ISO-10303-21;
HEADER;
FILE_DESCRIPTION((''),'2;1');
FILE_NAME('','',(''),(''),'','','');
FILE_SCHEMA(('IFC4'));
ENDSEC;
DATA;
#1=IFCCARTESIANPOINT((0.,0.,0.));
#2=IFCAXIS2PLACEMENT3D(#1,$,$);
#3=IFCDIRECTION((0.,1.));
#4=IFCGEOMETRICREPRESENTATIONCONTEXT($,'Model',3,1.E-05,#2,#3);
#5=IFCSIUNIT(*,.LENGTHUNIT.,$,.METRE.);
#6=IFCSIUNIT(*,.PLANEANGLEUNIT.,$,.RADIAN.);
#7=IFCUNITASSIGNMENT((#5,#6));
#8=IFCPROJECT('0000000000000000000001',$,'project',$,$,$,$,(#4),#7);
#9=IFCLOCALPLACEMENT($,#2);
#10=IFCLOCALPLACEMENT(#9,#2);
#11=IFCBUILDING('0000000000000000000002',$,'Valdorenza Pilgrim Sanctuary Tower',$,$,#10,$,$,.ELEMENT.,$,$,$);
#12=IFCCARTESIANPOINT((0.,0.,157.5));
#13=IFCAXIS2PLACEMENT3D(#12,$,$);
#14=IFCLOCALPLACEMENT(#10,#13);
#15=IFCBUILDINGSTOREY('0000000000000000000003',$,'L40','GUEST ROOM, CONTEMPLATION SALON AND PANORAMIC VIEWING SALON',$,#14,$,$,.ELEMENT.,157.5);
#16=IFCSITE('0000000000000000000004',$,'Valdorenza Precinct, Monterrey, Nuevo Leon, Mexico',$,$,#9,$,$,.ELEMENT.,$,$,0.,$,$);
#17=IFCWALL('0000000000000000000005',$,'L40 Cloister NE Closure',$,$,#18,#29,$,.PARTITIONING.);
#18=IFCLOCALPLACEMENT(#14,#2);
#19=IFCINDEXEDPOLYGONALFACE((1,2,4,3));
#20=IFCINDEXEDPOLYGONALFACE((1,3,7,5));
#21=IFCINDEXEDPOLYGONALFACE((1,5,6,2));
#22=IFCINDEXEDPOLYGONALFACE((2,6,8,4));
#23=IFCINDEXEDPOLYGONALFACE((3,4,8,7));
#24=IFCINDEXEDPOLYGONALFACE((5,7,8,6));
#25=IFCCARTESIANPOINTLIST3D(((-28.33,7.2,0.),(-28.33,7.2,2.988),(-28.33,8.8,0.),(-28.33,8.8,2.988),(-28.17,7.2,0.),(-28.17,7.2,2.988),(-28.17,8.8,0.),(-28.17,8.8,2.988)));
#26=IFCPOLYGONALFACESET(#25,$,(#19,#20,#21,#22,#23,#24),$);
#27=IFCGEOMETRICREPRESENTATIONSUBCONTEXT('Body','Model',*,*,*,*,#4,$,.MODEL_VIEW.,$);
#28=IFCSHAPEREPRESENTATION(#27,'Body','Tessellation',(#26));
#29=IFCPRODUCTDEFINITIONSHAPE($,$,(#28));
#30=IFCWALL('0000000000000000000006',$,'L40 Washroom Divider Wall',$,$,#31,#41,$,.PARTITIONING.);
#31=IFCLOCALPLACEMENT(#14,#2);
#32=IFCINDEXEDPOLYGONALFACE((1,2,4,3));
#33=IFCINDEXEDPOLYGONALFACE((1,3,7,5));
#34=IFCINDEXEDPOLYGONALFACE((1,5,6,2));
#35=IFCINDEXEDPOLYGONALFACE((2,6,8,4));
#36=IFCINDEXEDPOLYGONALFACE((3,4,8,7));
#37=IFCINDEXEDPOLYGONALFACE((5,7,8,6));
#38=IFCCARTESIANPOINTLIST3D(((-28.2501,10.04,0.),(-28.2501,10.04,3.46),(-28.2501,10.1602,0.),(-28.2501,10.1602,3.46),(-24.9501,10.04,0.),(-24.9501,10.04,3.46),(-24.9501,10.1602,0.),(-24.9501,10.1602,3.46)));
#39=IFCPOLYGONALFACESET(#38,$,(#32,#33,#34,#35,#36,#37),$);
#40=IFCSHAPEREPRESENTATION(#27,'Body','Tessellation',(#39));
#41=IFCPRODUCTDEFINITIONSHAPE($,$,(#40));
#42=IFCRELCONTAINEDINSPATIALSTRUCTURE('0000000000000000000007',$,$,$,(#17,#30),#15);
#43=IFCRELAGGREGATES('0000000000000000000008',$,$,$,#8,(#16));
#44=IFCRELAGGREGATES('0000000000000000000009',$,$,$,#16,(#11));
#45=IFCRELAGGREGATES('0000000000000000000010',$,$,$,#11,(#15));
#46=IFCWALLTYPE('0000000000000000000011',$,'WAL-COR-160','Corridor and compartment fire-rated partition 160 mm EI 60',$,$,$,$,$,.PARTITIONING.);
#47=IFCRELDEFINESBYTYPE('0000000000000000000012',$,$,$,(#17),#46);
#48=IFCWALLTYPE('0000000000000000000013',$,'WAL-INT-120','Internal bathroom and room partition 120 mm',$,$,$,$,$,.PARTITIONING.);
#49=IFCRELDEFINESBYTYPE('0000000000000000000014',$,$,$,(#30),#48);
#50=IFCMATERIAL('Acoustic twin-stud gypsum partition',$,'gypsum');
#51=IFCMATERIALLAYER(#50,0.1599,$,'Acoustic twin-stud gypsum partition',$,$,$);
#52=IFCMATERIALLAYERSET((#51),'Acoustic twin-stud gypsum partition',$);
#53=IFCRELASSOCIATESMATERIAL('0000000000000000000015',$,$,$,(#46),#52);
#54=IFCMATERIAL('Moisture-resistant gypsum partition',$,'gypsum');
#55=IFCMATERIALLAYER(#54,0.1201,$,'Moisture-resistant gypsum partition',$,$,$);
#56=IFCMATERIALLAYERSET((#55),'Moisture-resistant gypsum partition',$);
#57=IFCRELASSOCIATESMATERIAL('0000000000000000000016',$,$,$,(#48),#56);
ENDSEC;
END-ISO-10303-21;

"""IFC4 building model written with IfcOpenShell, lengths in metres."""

from ifc_helpers import new_model, si_unit, direction, frame, frame_2d, origin, place, context, subcontext, project, spatial, rectangle, extrude, material, layer, layer_set, type_object, element, save


model = new_model("IFC4")

# Units and contexts
model_context = context("Model", 3, precision=1e-05, world=origin(), true_north=direction((0.0, 1.0)))
body_context = subcontext(model_context, "Body", "Model", "MODEL_VIEW")
ifc_project = project(units=[si_unit("LENGTHUNIT", "METRE"), si_unit("PLANEANGLEUNIT", "RADIAN")], contexts=[model_context])

# Site, building, storey
site_placement = place(None, origin())
site = spatial("IfcSite", under=ifc_project, at=site_placement, Name="Valdorenza Precinct, Monterrey, Nuevo Leon, Mexico", CompositionType="ELEMENT", RefElevation=0.0)
building_placement = place(site_placement, origin())
building = spatial("IfcBuilding", under=site, at=building_placement, Name="Valdorenza Pilgrim Sanctuary Tower", CompositionType="ELEMENT")
storey_placement = place(building_placement, frame((0.0, 0.0, 157.5)))
storey = spatial("IfcBuildingStorey", under=building, at=storey_placement, Name="L40", Description="GUEST ROOM, CONTEMPLATION SALON AND PANORAMIC VIEWING SALON", CompositionType="ELEMENT", Elevation=157.5)

# Shared definitions
ifc_material_1 = material(Name="Acoustic twin-stud gypsum partition", Category="gypsum")
ifc_layer_1 = layer(ifc_material_1, 0.1599, Name="Acoustic twin-stud gypsum partition")
ifc_layer_set_1 = layer_set([ifc_layer_1], Name="Acoustic twin-stud gypsum partition")
wall_type_1 = type_object("IfcWallType", Name="WAL-COR-160", Description="Corridor and compartment fire-rated partition 160 mm EI 60", PredefinedType="PARTITIONING", material=ifc_layer_set_1)

# Walls
wall_1_placement = place(storey_placement, frame((-28.25, 7.2, 0.0), z_axis=(0.0, 0.0, 1.0), x_axis=(0.0, 1.0, 0.0)))
element("IfcWall", 1, at=wall_1_placement, inside=storey, type_object=wall_type_1, Name="L40 Cloister NE Closure", PredefinedType="PARTITIONING", context=body_context, shape_type="SweptSolid", body=[
    extrude(rectangle(XDim=1.6001, YDim=0.1599, at=frame_2d((0.8, 0.0))), origin(), (0.0, 0.0, 1.0), 2.988),
])
ifc_material_2 = material(Name="Moisture-resistant gypsum partition", Category="gypsum")
ifc_layer_2 = layer(ifc_material_2, 0.1201, Name="Moisture-resistant gypsum partition")
ifc_layer_set_2 = layer_set([ifc_layer_2], Name="Moisture-resistant gypsum partition")
wall_type_2 = type_object("IfcWallType", Name="WAL-INT-120", Description="Internal bathroom and room partition 120 mm", PredefinedType="PARTITIONING", material=ifc_layer_set_2)
wall_2_placement = place(storey_placement, frame((-28.25, 10.1001, 0.0), z_axis=(0.0, 0.0, 1.0), x_axis=(1.0, 0.0, 0.0)))
element("IfcWall", 2, at=wall_2_placement, inside=storey, type_object=wall_type_2, Name="L40 Washroom Divider Wall", PredefinedType="PARTITIONING", context=body_context, shape_type="SweptSolid", body=[
    extrude(rectangle(XDim=3.3, YDim=0.1201, at=frame_2d((1.6499, 0.0))), origin(), (0.0, 0.0, 1.0), 3.46),
])

save(model, "model.ifc")
